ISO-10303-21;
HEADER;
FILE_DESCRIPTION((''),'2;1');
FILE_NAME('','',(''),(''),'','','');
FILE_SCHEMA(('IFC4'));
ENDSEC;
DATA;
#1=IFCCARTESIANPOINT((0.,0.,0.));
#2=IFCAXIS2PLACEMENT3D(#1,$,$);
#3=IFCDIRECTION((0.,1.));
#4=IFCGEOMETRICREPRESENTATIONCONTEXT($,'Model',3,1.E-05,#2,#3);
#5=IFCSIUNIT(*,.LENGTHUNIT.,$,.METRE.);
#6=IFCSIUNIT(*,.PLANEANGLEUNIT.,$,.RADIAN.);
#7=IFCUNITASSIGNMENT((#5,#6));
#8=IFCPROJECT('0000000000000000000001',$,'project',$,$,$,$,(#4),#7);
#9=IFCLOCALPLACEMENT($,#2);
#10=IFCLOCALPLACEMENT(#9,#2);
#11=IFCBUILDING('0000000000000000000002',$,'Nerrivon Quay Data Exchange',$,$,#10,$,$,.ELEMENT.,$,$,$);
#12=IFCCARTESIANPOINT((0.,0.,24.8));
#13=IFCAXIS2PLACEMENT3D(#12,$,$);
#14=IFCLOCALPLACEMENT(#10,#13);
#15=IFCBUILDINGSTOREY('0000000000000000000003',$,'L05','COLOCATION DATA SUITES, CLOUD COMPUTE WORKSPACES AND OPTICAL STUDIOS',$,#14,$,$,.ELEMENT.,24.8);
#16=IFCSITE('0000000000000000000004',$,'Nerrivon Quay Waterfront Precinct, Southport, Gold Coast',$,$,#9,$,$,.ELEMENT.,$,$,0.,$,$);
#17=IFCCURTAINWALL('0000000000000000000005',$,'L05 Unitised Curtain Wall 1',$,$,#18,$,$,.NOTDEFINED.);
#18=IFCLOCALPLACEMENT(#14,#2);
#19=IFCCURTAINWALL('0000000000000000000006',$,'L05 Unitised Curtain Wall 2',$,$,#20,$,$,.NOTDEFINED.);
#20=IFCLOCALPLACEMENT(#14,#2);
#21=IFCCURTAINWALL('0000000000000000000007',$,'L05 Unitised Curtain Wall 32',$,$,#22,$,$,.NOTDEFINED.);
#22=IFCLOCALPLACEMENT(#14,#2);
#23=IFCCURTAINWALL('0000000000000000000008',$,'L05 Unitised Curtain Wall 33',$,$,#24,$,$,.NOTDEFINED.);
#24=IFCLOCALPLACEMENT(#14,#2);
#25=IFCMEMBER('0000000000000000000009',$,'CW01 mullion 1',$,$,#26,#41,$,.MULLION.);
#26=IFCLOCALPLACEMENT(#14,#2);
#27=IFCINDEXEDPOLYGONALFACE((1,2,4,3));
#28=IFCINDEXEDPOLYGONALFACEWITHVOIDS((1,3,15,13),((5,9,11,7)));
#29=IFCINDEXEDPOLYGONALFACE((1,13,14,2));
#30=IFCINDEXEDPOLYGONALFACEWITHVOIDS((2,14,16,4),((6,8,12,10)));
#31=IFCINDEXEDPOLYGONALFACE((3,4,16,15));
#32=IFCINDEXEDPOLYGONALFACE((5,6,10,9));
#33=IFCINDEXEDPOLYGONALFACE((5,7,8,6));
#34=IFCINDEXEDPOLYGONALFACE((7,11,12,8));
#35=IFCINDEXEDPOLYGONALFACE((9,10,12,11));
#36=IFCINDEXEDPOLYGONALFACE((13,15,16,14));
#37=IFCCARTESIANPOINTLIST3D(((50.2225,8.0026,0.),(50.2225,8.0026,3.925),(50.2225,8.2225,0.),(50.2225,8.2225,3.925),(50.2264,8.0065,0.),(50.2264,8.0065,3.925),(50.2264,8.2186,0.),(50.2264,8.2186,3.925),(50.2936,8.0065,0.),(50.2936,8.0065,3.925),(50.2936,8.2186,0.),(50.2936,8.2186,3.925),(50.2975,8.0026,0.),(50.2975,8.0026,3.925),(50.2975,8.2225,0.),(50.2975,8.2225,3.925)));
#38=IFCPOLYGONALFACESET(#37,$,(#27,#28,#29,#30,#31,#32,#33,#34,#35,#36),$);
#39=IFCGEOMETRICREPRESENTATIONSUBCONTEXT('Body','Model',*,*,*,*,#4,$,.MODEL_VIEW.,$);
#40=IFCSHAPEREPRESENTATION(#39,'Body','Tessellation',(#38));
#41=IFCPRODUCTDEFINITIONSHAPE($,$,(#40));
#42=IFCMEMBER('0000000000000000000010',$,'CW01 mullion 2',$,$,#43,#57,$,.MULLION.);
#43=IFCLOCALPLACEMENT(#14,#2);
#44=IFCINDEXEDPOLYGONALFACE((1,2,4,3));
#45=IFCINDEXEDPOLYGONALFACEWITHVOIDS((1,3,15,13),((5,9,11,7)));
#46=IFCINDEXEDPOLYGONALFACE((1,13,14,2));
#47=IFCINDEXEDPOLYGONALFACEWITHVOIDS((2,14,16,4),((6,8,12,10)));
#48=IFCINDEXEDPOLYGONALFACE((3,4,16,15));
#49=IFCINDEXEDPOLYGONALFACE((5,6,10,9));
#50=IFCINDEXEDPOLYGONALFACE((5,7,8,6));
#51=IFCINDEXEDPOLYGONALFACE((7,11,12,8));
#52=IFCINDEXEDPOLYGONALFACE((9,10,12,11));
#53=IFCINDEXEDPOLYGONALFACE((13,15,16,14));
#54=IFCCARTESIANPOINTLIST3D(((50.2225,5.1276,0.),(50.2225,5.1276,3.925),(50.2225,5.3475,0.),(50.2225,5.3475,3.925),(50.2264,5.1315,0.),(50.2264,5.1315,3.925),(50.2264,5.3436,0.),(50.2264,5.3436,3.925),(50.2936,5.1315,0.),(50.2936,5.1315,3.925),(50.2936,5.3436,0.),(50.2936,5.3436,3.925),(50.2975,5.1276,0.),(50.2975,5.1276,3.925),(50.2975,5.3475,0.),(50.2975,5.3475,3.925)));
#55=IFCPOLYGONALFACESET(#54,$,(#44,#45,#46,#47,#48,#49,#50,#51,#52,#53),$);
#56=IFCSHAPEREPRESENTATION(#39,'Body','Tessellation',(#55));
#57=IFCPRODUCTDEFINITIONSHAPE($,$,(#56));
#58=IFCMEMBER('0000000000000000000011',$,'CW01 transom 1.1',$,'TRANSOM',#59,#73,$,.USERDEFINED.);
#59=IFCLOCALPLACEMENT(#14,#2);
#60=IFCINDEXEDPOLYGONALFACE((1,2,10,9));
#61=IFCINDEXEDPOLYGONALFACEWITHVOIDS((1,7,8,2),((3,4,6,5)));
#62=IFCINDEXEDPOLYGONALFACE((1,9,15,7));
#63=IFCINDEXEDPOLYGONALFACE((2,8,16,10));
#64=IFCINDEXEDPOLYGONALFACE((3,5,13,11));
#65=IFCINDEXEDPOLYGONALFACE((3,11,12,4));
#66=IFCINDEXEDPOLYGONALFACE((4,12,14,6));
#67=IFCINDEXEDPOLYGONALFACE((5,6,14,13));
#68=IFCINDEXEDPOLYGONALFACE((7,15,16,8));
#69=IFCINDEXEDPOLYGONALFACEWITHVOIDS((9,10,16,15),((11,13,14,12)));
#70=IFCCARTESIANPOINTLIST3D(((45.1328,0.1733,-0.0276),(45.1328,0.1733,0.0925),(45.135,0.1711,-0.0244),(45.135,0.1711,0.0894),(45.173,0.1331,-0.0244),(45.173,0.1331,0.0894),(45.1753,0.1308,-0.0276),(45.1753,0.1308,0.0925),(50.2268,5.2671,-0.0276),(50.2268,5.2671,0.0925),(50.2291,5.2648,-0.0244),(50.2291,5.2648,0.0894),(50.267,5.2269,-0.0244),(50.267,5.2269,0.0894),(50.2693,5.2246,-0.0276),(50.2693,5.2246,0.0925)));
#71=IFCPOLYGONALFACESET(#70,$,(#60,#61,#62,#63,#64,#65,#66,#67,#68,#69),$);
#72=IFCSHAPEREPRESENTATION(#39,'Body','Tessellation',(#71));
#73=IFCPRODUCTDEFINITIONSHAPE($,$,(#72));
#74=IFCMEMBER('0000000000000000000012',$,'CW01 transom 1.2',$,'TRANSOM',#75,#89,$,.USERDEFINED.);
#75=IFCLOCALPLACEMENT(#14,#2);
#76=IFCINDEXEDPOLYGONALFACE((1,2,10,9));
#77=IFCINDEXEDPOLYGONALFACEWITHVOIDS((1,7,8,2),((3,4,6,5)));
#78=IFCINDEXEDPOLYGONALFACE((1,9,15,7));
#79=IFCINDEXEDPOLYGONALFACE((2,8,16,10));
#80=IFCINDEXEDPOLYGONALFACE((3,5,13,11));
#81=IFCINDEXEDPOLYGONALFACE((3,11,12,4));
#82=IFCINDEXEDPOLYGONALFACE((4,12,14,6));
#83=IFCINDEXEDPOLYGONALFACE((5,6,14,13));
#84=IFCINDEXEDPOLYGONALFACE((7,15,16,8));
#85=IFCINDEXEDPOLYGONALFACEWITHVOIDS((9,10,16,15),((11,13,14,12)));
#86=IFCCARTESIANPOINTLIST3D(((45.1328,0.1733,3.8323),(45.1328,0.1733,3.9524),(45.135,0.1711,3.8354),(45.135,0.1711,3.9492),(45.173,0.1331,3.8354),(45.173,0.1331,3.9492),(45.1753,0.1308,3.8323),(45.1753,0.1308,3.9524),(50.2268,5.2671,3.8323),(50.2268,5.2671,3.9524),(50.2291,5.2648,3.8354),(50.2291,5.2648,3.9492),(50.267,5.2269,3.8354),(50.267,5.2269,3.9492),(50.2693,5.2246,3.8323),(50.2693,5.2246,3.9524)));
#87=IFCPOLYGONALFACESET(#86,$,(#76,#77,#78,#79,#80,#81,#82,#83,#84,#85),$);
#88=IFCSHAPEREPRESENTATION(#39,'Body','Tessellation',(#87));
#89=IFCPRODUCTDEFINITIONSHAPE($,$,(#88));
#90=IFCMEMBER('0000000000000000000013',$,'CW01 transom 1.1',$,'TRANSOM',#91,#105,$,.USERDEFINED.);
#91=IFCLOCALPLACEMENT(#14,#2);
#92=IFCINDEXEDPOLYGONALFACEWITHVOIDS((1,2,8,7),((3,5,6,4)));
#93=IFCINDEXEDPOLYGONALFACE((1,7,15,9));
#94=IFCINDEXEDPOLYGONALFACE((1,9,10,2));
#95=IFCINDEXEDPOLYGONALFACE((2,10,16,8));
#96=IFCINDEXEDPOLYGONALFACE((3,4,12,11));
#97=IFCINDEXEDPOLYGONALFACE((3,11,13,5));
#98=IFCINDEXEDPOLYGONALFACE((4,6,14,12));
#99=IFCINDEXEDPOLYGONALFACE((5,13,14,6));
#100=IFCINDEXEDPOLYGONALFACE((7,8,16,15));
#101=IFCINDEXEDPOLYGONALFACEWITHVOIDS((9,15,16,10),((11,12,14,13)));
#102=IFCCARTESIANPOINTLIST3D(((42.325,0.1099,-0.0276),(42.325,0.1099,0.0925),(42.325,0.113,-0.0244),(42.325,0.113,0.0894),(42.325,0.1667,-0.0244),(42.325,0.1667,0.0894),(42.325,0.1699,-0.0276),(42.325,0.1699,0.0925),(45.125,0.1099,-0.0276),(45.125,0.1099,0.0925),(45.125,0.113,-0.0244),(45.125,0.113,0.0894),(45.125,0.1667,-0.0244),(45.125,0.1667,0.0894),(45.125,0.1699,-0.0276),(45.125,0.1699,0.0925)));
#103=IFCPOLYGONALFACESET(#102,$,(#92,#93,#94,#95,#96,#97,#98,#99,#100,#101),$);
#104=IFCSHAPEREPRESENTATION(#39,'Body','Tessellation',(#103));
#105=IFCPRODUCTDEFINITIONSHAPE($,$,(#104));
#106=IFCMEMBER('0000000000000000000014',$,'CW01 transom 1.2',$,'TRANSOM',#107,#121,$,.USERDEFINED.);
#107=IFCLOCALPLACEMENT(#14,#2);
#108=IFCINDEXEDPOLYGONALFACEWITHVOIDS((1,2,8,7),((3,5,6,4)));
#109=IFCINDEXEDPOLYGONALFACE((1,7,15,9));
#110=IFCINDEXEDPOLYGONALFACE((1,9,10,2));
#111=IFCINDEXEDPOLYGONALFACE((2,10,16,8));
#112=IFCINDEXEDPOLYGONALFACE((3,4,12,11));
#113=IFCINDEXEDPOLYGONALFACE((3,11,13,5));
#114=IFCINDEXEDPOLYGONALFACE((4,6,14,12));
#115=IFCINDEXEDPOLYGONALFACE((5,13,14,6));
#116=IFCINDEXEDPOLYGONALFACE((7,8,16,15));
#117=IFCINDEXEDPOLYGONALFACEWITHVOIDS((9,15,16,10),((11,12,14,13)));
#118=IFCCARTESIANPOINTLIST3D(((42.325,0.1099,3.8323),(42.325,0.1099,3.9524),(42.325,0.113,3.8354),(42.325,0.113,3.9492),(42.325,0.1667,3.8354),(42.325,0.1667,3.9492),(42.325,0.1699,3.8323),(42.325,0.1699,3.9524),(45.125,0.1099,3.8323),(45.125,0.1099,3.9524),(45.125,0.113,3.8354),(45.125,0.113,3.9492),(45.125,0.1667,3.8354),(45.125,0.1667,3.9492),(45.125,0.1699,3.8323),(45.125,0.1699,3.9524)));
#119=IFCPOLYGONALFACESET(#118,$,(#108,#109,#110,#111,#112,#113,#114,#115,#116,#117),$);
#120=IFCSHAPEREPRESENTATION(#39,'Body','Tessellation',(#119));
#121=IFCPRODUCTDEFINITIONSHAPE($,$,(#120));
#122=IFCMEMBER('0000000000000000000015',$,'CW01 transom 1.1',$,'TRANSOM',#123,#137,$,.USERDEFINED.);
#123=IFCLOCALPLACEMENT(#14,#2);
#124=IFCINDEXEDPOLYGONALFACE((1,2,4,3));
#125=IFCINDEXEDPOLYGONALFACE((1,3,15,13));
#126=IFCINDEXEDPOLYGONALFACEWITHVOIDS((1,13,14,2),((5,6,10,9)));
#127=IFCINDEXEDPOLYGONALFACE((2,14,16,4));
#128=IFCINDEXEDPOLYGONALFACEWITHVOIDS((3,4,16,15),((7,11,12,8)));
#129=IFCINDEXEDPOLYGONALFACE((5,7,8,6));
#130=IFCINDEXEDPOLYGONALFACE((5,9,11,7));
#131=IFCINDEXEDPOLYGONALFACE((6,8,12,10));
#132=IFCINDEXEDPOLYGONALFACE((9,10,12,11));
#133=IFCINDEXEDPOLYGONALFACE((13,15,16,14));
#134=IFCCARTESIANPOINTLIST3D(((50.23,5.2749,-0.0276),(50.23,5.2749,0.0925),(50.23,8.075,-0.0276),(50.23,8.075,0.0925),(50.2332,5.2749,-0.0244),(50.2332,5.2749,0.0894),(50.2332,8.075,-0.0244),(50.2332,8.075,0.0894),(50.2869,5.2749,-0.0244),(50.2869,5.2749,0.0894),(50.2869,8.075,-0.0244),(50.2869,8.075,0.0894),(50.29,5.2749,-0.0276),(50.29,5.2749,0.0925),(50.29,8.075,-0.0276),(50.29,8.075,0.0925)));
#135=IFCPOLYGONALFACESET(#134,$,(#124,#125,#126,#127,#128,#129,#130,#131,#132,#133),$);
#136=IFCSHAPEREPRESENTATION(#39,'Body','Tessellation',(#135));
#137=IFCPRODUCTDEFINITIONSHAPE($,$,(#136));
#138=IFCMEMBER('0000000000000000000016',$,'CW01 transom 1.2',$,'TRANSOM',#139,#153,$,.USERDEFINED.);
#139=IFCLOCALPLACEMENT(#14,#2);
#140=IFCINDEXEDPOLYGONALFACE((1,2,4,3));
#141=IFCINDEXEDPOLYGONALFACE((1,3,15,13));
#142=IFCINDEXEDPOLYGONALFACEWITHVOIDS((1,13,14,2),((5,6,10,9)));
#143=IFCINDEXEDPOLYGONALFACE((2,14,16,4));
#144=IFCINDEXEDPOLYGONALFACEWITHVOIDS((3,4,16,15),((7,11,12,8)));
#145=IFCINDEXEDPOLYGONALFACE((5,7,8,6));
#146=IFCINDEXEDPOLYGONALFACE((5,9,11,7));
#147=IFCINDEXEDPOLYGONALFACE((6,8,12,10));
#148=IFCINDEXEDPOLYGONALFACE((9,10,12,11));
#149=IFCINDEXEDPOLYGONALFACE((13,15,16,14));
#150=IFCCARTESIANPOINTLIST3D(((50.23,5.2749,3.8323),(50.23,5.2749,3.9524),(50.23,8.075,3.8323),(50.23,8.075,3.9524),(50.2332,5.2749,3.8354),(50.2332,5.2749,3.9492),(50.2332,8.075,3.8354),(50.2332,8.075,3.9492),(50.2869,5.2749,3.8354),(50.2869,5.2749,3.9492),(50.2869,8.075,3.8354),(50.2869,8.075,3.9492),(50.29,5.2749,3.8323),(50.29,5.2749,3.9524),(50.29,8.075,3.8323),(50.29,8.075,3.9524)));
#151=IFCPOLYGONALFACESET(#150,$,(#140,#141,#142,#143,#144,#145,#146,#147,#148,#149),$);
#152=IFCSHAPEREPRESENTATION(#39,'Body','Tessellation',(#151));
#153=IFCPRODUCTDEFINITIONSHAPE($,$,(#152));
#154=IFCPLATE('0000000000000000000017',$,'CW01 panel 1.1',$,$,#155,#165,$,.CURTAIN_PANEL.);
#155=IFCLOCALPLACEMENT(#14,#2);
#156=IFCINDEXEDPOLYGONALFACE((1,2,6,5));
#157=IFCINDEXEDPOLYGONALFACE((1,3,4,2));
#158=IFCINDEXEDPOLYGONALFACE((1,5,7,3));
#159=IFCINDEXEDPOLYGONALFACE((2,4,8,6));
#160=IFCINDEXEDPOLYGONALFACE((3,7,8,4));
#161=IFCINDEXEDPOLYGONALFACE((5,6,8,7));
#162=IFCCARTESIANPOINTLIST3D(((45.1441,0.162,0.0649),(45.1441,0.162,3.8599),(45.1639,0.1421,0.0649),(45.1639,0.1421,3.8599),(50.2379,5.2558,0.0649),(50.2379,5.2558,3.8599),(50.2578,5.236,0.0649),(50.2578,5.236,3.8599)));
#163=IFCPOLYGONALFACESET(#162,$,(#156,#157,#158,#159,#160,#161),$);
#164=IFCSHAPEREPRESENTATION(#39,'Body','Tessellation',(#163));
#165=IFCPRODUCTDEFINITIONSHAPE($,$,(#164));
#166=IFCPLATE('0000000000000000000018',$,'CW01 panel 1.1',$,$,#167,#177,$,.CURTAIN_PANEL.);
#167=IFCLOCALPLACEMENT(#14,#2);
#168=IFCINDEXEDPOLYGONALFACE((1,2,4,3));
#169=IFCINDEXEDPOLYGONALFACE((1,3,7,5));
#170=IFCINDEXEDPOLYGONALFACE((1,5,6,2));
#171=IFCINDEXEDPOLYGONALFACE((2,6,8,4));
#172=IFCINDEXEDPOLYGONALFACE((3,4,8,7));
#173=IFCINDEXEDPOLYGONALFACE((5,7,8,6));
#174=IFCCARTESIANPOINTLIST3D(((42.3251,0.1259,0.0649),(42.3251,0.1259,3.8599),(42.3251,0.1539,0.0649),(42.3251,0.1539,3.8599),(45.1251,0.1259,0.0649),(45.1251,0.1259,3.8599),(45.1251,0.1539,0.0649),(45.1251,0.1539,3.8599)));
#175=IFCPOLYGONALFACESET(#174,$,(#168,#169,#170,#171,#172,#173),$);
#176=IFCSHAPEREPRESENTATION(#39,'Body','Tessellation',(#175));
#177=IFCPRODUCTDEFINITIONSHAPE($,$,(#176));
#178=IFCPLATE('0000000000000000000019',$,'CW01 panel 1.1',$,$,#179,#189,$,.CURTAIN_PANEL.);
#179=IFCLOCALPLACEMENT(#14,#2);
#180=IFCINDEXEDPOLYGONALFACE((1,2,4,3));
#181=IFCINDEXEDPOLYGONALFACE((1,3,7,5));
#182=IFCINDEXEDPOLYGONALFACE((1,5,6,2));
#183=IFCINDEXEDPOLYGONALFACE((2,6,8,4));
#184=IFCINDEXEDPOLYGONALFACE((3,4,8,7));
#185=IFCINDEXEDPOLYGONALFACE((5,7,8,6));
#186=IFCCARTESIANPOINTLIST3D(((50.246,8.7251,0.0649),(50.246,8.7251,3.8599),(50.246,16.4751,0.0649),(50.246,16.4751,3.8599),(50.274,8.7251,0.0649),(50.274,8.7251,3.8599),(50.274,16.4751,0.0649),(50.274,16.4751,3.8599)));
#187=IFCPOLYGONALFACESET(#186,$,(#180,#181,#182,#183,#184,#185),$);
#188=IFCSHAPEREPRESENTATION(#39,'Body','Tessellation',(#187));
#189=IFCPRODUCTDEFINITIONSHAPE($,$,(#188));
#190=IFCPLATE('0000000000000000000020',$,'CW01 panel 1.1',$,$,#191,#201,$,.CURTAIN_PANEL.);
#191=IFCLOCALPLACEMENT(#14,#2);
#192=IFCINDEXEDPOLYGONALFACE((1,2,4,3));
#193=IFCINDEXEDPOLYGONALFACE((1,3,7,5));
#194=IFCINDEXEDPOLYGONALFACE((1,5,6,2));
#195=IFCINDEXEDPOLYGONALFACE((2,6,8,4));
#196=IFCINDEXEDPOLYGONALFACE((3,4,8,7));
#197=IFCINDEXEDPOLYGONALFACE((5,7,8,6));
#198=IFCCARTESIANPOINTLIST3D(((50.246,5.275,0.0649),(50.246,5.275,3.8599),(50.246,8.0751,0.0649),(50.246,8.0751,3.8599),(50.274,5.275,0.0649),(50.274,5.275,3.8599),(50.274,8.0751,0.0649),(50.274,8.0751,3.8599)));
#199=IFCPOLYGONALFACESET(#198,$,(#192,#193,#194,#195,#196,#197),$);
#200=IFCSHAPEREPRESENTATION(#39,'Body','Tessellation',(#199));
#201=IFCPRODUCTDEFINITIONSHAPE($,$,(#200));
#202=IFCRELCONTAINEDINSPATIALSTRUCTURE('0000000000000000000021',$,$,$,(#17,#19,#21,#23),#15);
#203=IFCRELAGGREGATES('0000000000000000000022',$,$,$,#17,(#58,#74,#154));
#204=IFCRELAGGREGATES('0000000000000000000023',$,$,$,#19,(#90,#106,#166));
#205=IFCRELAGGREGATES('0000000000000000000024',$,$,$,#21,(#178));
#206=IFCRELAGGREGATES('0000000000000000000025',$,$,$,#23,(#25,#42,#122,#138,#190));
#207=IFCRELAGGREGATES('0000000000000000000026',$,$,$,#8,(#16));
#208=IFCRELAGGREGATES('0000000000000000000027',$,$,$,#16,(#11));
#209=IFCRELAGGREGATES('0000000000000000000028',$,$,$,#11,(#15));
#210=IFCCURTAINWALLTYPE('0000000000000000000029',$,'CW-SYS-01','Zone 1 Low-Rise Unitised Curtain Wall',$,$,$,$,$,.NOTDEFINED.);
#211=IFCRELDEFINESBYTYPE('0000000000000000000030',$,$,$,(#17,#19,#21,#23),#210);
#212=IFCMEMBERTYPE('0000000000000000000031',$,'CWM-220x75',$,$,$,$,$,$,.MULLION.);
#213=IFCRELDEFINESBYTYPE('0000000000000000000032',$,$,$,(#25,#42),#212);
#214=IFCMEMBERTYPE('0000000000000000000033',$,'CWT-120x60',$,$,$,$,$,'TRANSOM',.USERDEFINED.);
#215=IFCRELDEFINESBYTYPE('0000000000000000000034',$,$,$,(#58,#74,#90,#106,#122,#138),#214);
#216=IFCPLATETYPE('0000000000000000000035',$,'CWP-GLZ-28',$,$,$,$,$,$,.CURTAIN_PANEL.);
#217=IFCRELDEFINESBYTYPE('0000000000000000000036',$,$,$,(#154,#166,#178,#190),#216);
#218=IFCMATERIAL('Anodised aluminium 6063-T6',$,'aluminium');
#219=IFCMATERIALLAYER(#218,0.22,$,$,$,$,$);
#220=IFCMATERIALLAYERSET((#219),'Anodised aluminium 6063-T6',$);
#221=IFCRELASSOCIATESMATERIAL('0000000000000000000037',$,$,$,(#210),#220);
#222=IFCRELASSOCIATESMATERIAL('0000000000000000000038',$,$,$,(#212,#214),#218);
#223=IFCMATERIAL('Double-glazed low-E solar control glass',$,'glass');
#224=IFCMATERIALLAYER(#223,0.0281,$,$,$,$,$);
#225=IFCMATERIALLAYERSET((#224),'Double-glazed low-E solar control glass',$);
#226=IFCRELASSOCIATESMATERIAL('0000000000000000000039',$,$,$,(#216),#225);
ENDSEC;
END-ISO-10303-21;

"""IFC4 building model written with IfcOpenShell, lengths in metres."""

from ifc_helpers import new_model, si_unit, direction, frame, origin, origin_2d, place, context, subcontext, project, spatial, rectangle, hollow_rectangle, extrude, material, layer, layer_set, material_profile, profile_set, type_object, element, aggregate, save


model = new_model("IFC4")

# Units and contexts
model_context = context("Model", 3, precision=1e-05, world=origin(), true_north=direction((0.0, 1.0)))
body_context = subcontext(model_context, "Body", "Model", "MODEL_VIEW")
ifc_project = project(units=[si_unit("LENGTHUNIT", "METRE"), si_unit("PLANEANGLEUNIT", "RADIAN")], contexts=[model_context])

# Site, building, storey
site_placement = place(None, origin())
site = spatial("IfcSite", under=ifc_project, at=site_placement, Name="Nerrivon Quay Waterfront Precinct, Southport, Gold Coast", CompositionType="ELEMENT", RefElevation=0.0)
building_placement = place(site_placement, origin())
building = spatial("IfcBuilding", under=site, at=building_placement, Name="Nerrivon Quay Data Exchange", CompositionType="ELEMENT")
storey_placement = place(building_placement, frame((0.0, 0.0, 24.8)))
storey = spatial("IfcBuildingStorey", under=building, at=storey_placement, Name="L05", Description="COLOCATION DATA SUITES, CLOUD COMPUTE WORKSPACES AND OPTICAL STUDIOS", CompositionType="ELEMENT", Elevation=24.8)

# Curtain walls
ifc_material_1 = material(Name="Anodised aluminium 6063-T6", Category="aluminium")
ifc_layer_1 = layer(ifc_material_1, 0.22)
ifc_layer_set_1 = layer_set([ifc_layer_1], Name="Anodised aluminium 6063-T6")
curtain_wall_type = type_object("IfcCurtainWallType", Name="CW-SYS-01", Description="Zone 1 Low-Rise Unitised Curtain Wall", PredefinedType="NOTDEFINED", material=ifc_layer_set_1)
curtain_wall_1_placement = place(storey_placement, origin())
curtain_wall_1 = element("IfcCurtainWall", 1, at=curtain_wall_1_placement, inside=storey, type_object=curtain_wall_type, Name="L05 Unitised Curtain Wall 1", PredefinedType="NOTDEFINED")
ifc_material_profile_1 = material_profile(ifc_material_1, hollow_rectangle(XDim=0.075, YDim=0.22, WallThickness=0.0039, at=origin_2d()), Name="ALU-MULL-220x75")
ifc_profile_set_1 = profile_set([ifc_material_profile_1], Name="Anodised aluminium 6063-T6")
member_type_1 = type_object("IfcMemberType", Name="CWM-220x75", PredefinedType="MULLION", material=ifc_profile_set_1)
curtain_wall_2_placement = place(storey_placement, origin())
curtain_wall_2 = element("IfcCurtainWall", 2, at=curtain_wall_2_placement, inside=storey, type_object=curtain_wall_type, Name="L05 Unitised Curtain Wall 2", PredefinedType="NOTDEFINED")

# Curtain wall
curtain_wall_3_placement = place(storey_placement, origin())
curtain_wall_3 = element("IfcCurtainWall", 3, at=curtain_wall_3_placement, inside=storey, type_object=curtain_wall_type, Name="L05 Unitised Curtain Wall 32", PredefinedType="NOTDEFINED")

# Curtain wall, members
curtain_wall_4_placement = place(storey_placement, origin())
curtain_wall_4 = element("IfcCurtainWall", 4, at=curtain_wall_4_placement, inside=storey, type_object=curtain_wall_type, Name="L05 Unitised Curtain Wall 33", PredefinedType="NOTDEFINED")
member_1_placement = place(storey_placement, frame((50.26, 8.1125, 0.0), z_axis=(0.0, 0.0, 1.0), x_axis=(1.0, 0.0, 0.0)))
member_1 = element("IfcMember", 5, at=member_1_placement, type_object=member_type_1, Name="CW01 mullion 1", PredefinedType="MULLION", context=body_context, shape_type="SweptSolid", body=[
    extrude(hollow_rectangle(XDim=0.075, YDim=0.22, WallThickness=0.0039, at=origin_2d()), origin(), (0.0, 0.0, 1.0), 3.925),
])
member_2_placement = place(storey_placement, frame((50.26, 5.2375, 0.0), z_axis=(0.0, 0.0, 1.0), x_axis=(1.0, 0.0, 0.0)))
member_2 = element("IfcMember", 6, at=member_2_placement, type_object=member_type_1, Name="CW01 mullion 2", PredefinedType="MULLION", context=body_context, shape_type="SweptSolid", body=[
    extrude(hollow_rectangle(XDim=0.075, YDim=0.22, WallThickness=0.0039, at=origin_2d()), origin(), (0.0, 0.0, 1.0), 3.925),
])

# Members
ifc_material_profile_2 = material_profile(ifc_material_1, hollow_rectangle(XDim=0.0601, YDim=0.1201, WallThickness=0.0032, at=origin_2d()), Name="ALU-TRAN-120x60")
ifc_profile_set_2 = profile_set([ifc_material_profile_2], Name="Anodised aluminium 6063-T6")
member_type_2 = type_object("IfcMemberType", Name="CWT-120x60", ElementType="TRANSOM", PredefinedType="USERDEFINED", material=ifc_profile_set_2)
member_3_placement = place(storey_placement, frame((50.248, 5.2458, 0.0325), z_axis=(-0.707124, -0.70709, 0.0), x_axis=(0.70709, -0.707124, 0.0)))
member_3 = element("IfcMember", 7, at=member_3_placement, type_object=member_type_2, Name="CW01 transom 1.1", ObjectType="TRANSOM", PredefinedType="USERDEFINED", context=body_context, shape_type="SweptSolid", body=[
    extrude(hollow_rectangle(XDim=0.0601, YDim=0.1201, WallThickness=0.0032, at=origin_2d()), origin(), (0.0, 0.0, 1.0), 7.2039),
])
member_4_placement = place(storey_placement, frame((50.248, 5.2458, 3.8923), z_axis=(-0.707124, -0.70709, 0.0), x_axis=(0.70709, -0.707124, 0.0)))
member_4 = element("IfcMember", 8, at=member_4_placement, type_object=member_type_2, Name="CW01 transom 1.2", ObjectType="TRANSOM", PredefinedType="USERDEFINED", context=body_context, shape_type="SweptSolid", body=[
    extrude(hollow_rectangle(XDim=0.0601, YDim=0.1201, WallThickness=0.0032, at=origin_2d()), origin(), (0.0, 0.0, 1.0), 7.2039),
])
member_5_placement = place(storey_placement, frame((45.125, 0.1399, 0.0325), z_axis=(-1.0, 0.0, 0.0), x_axis=(0.0, -1.0, 0.0)))
member_5 = element("IfcMember", 9, at=member_5_placement, type_object=member_type_2, Name="CW01 transom 1.1", ObjectType="TRANSOM", PredefinedType="USERDEFINED", context=body_context, shape_type="SweptSolid", body=[
    extrude(hollow_rectangle(XDim=0.0601, YDim=0.1201, WallThickness=0.0032, at=origin_2d()), origin(), (0.0, 0.0, 1.0), 2.8),
])
member_6_placement = place(storey_placement, frame((45.125, 0.1399, 3.8923), z_axis=(-1.0, 0.0, 0.0), x_axis=(0.0, -1.0, 0.0)))
member_6 = element("IfcMember", 10, at=member_6_placement, type_object=member_type_2, Name="CW01 transom 1.2", ObjectType="TRANSOM", PredefinedType="USERDEFINED", context=body_context, shape_type="SweptSolid", body=[
    extrude(hollow_rectangle(XDim=0.0601, YDim=0.1201, WallThickness=0.0032, at=origin_2d()), origin(), (0.0, 0.0, 1.0), 2.8),
])
member_7_placement = place(storey_placement, frame((50.26, 8.075, 0.0325), z_axis=(0.0, -1.0, 0.0), x_axis=(1.0, 0.0, 0.0)))
member_7 = element("IfcMember", 11, at=member_7_placement, type_object=member_type_2, Name="CW01 transom 1.1", ObjectType="TRANSOM", PredefinedType="USERDEFINED", context=body_context, shape_type="SweptSolid", body=[
    extrude(hollow_rectangle(XDim=0.0601, YDim=0.1201, WallThickness=0.0032, at=origin_2d()), origin(), (0.0, 0.0, 1.0), 2.8),
])
member_8_placement = place(storey_placement, frame((50.26, 8.075, 3.8923), z_axis=(0.0, -1.0, 0.0), x_axis=(1.0, 0.0, 0.0)))
member_8 = element("IfcMember", 12, at=member_8_placement, type_object=member_type_2, Name="CW01 transom 1.2", ObjectType="TRANSOM", PredefinedType="USERDEFINED", context=body_context, shape_type="SweptSolid", body=[
    extrude(hollow_rectangle(XDim=0.0601, YDim=0.1201, WallThickness=0.0032, at=origin_2d()), origin(), (0.0, 0.0, 1.0), 2.8),
])

# Plates
ifc_material_2 = material(Name="Double-glazed low-E solar control glass", Category="glass")
ifc_layer_2 = layer(ifc_material_2, 0.0281)
ifc_layer_set_2 = layer_set([ifc_layer_2], Name="Double-glazed low-E solar control glass")
plate_type = type_object("IfcPlateType", Name="CWP-GLZ-28", PredefinedType="CURTAIN_PANEL", material=ifc_layer_set_2)
plate_1_placement = place(storey_placement, frame((47.7009, 2.699, 0.0649), z_axis=(0.0, 0.0, 1.0), x_axis=(-0.707107, -0.707107, 0.0)))
plate_1 = element("IfcPlate", 13, at=plate_1_placement, type_object=plate_type, Name="CW01 panel 1.1", PredefinedType="CURTAIN_PANEL", context=body_context, shape_type="SweptSolid", body=[
    extrude(rectangle(XDim=7.2039, YDim=0.0281, at=origin_2d()), origin(), (0.0, 0.0, 1.0), 3.7949),
])
aggregate(curtain_wall_1, [member_3, member_4, plate_1])
plate_2_placement = place(storey_placement, frame((43.7251, 0.1399, 0.0649), z_axis=(0.0, 0.0, 1.0), x_axis=(-1.0, 0.0, 0.0)))
plate_2 = element("IfcPlate", 14, at=plate_2_placement, type_object=plate_type, Name="CW01 panel 1.1", PredefinedType="CURTAIN_PANEL", context=body_context, shape_type="SweptSolid", body=[
    extrude(rectangle(XDim=2.8, YDim=0.0281, at=origin_2d()), origin(), (0.0, 0.0, 1.0), 3.7949),
])
aggregate(curtain_wall_2, [member_5, member_6, plate_2])
plate_3_placement = place(storey_placement, frame((50.26, 12.6001, 0.0649), z_axis=(0.0, 0.0, 1.0), x_axis=(0.0, -1.0, 0.0)))
plate_3 = element("IfcPlate", 15, at=plate_3_placement, type_object=plate_type, Name="CW01 panel 1.1", PredefinedType="CURTAIN_PANEL", context=body_context, shape_type="SweptSolid", body=[
    extrude(rectangle(XDim=7.75, YDim=0.0281, at=origin_2d()), origin(), (0.0, 0.0, 1.0), 3.7949),
])
aggregate(curtain_wall_3, [plate_3])
plate_4_placement = place(storey_placement, frame((50.26, 6.675, 0.0649), z_axis=(0.0, 0.0, 1.0), x_axis=(0.0, -1.0, 0.0)))
plate_4 = element("IfcPlate", 16, at=plate_4_placement, type_object=plate_type, Name="CW01 panel 1.1", PredefinedType="CURTAIN_PANEL", context=body_context, shape_type="SweptSolid", body=[
    extrude(rectangle(XDim=2.8, YDim=0.0281, at=origin_2d()), origin(), (0.0, 0.0, 1.0), 3.7949),
])
aggregate(curtain_wall_4, [member_1, member_2, member_7, member_8, plate_4])

save(model, "model.ifc")
